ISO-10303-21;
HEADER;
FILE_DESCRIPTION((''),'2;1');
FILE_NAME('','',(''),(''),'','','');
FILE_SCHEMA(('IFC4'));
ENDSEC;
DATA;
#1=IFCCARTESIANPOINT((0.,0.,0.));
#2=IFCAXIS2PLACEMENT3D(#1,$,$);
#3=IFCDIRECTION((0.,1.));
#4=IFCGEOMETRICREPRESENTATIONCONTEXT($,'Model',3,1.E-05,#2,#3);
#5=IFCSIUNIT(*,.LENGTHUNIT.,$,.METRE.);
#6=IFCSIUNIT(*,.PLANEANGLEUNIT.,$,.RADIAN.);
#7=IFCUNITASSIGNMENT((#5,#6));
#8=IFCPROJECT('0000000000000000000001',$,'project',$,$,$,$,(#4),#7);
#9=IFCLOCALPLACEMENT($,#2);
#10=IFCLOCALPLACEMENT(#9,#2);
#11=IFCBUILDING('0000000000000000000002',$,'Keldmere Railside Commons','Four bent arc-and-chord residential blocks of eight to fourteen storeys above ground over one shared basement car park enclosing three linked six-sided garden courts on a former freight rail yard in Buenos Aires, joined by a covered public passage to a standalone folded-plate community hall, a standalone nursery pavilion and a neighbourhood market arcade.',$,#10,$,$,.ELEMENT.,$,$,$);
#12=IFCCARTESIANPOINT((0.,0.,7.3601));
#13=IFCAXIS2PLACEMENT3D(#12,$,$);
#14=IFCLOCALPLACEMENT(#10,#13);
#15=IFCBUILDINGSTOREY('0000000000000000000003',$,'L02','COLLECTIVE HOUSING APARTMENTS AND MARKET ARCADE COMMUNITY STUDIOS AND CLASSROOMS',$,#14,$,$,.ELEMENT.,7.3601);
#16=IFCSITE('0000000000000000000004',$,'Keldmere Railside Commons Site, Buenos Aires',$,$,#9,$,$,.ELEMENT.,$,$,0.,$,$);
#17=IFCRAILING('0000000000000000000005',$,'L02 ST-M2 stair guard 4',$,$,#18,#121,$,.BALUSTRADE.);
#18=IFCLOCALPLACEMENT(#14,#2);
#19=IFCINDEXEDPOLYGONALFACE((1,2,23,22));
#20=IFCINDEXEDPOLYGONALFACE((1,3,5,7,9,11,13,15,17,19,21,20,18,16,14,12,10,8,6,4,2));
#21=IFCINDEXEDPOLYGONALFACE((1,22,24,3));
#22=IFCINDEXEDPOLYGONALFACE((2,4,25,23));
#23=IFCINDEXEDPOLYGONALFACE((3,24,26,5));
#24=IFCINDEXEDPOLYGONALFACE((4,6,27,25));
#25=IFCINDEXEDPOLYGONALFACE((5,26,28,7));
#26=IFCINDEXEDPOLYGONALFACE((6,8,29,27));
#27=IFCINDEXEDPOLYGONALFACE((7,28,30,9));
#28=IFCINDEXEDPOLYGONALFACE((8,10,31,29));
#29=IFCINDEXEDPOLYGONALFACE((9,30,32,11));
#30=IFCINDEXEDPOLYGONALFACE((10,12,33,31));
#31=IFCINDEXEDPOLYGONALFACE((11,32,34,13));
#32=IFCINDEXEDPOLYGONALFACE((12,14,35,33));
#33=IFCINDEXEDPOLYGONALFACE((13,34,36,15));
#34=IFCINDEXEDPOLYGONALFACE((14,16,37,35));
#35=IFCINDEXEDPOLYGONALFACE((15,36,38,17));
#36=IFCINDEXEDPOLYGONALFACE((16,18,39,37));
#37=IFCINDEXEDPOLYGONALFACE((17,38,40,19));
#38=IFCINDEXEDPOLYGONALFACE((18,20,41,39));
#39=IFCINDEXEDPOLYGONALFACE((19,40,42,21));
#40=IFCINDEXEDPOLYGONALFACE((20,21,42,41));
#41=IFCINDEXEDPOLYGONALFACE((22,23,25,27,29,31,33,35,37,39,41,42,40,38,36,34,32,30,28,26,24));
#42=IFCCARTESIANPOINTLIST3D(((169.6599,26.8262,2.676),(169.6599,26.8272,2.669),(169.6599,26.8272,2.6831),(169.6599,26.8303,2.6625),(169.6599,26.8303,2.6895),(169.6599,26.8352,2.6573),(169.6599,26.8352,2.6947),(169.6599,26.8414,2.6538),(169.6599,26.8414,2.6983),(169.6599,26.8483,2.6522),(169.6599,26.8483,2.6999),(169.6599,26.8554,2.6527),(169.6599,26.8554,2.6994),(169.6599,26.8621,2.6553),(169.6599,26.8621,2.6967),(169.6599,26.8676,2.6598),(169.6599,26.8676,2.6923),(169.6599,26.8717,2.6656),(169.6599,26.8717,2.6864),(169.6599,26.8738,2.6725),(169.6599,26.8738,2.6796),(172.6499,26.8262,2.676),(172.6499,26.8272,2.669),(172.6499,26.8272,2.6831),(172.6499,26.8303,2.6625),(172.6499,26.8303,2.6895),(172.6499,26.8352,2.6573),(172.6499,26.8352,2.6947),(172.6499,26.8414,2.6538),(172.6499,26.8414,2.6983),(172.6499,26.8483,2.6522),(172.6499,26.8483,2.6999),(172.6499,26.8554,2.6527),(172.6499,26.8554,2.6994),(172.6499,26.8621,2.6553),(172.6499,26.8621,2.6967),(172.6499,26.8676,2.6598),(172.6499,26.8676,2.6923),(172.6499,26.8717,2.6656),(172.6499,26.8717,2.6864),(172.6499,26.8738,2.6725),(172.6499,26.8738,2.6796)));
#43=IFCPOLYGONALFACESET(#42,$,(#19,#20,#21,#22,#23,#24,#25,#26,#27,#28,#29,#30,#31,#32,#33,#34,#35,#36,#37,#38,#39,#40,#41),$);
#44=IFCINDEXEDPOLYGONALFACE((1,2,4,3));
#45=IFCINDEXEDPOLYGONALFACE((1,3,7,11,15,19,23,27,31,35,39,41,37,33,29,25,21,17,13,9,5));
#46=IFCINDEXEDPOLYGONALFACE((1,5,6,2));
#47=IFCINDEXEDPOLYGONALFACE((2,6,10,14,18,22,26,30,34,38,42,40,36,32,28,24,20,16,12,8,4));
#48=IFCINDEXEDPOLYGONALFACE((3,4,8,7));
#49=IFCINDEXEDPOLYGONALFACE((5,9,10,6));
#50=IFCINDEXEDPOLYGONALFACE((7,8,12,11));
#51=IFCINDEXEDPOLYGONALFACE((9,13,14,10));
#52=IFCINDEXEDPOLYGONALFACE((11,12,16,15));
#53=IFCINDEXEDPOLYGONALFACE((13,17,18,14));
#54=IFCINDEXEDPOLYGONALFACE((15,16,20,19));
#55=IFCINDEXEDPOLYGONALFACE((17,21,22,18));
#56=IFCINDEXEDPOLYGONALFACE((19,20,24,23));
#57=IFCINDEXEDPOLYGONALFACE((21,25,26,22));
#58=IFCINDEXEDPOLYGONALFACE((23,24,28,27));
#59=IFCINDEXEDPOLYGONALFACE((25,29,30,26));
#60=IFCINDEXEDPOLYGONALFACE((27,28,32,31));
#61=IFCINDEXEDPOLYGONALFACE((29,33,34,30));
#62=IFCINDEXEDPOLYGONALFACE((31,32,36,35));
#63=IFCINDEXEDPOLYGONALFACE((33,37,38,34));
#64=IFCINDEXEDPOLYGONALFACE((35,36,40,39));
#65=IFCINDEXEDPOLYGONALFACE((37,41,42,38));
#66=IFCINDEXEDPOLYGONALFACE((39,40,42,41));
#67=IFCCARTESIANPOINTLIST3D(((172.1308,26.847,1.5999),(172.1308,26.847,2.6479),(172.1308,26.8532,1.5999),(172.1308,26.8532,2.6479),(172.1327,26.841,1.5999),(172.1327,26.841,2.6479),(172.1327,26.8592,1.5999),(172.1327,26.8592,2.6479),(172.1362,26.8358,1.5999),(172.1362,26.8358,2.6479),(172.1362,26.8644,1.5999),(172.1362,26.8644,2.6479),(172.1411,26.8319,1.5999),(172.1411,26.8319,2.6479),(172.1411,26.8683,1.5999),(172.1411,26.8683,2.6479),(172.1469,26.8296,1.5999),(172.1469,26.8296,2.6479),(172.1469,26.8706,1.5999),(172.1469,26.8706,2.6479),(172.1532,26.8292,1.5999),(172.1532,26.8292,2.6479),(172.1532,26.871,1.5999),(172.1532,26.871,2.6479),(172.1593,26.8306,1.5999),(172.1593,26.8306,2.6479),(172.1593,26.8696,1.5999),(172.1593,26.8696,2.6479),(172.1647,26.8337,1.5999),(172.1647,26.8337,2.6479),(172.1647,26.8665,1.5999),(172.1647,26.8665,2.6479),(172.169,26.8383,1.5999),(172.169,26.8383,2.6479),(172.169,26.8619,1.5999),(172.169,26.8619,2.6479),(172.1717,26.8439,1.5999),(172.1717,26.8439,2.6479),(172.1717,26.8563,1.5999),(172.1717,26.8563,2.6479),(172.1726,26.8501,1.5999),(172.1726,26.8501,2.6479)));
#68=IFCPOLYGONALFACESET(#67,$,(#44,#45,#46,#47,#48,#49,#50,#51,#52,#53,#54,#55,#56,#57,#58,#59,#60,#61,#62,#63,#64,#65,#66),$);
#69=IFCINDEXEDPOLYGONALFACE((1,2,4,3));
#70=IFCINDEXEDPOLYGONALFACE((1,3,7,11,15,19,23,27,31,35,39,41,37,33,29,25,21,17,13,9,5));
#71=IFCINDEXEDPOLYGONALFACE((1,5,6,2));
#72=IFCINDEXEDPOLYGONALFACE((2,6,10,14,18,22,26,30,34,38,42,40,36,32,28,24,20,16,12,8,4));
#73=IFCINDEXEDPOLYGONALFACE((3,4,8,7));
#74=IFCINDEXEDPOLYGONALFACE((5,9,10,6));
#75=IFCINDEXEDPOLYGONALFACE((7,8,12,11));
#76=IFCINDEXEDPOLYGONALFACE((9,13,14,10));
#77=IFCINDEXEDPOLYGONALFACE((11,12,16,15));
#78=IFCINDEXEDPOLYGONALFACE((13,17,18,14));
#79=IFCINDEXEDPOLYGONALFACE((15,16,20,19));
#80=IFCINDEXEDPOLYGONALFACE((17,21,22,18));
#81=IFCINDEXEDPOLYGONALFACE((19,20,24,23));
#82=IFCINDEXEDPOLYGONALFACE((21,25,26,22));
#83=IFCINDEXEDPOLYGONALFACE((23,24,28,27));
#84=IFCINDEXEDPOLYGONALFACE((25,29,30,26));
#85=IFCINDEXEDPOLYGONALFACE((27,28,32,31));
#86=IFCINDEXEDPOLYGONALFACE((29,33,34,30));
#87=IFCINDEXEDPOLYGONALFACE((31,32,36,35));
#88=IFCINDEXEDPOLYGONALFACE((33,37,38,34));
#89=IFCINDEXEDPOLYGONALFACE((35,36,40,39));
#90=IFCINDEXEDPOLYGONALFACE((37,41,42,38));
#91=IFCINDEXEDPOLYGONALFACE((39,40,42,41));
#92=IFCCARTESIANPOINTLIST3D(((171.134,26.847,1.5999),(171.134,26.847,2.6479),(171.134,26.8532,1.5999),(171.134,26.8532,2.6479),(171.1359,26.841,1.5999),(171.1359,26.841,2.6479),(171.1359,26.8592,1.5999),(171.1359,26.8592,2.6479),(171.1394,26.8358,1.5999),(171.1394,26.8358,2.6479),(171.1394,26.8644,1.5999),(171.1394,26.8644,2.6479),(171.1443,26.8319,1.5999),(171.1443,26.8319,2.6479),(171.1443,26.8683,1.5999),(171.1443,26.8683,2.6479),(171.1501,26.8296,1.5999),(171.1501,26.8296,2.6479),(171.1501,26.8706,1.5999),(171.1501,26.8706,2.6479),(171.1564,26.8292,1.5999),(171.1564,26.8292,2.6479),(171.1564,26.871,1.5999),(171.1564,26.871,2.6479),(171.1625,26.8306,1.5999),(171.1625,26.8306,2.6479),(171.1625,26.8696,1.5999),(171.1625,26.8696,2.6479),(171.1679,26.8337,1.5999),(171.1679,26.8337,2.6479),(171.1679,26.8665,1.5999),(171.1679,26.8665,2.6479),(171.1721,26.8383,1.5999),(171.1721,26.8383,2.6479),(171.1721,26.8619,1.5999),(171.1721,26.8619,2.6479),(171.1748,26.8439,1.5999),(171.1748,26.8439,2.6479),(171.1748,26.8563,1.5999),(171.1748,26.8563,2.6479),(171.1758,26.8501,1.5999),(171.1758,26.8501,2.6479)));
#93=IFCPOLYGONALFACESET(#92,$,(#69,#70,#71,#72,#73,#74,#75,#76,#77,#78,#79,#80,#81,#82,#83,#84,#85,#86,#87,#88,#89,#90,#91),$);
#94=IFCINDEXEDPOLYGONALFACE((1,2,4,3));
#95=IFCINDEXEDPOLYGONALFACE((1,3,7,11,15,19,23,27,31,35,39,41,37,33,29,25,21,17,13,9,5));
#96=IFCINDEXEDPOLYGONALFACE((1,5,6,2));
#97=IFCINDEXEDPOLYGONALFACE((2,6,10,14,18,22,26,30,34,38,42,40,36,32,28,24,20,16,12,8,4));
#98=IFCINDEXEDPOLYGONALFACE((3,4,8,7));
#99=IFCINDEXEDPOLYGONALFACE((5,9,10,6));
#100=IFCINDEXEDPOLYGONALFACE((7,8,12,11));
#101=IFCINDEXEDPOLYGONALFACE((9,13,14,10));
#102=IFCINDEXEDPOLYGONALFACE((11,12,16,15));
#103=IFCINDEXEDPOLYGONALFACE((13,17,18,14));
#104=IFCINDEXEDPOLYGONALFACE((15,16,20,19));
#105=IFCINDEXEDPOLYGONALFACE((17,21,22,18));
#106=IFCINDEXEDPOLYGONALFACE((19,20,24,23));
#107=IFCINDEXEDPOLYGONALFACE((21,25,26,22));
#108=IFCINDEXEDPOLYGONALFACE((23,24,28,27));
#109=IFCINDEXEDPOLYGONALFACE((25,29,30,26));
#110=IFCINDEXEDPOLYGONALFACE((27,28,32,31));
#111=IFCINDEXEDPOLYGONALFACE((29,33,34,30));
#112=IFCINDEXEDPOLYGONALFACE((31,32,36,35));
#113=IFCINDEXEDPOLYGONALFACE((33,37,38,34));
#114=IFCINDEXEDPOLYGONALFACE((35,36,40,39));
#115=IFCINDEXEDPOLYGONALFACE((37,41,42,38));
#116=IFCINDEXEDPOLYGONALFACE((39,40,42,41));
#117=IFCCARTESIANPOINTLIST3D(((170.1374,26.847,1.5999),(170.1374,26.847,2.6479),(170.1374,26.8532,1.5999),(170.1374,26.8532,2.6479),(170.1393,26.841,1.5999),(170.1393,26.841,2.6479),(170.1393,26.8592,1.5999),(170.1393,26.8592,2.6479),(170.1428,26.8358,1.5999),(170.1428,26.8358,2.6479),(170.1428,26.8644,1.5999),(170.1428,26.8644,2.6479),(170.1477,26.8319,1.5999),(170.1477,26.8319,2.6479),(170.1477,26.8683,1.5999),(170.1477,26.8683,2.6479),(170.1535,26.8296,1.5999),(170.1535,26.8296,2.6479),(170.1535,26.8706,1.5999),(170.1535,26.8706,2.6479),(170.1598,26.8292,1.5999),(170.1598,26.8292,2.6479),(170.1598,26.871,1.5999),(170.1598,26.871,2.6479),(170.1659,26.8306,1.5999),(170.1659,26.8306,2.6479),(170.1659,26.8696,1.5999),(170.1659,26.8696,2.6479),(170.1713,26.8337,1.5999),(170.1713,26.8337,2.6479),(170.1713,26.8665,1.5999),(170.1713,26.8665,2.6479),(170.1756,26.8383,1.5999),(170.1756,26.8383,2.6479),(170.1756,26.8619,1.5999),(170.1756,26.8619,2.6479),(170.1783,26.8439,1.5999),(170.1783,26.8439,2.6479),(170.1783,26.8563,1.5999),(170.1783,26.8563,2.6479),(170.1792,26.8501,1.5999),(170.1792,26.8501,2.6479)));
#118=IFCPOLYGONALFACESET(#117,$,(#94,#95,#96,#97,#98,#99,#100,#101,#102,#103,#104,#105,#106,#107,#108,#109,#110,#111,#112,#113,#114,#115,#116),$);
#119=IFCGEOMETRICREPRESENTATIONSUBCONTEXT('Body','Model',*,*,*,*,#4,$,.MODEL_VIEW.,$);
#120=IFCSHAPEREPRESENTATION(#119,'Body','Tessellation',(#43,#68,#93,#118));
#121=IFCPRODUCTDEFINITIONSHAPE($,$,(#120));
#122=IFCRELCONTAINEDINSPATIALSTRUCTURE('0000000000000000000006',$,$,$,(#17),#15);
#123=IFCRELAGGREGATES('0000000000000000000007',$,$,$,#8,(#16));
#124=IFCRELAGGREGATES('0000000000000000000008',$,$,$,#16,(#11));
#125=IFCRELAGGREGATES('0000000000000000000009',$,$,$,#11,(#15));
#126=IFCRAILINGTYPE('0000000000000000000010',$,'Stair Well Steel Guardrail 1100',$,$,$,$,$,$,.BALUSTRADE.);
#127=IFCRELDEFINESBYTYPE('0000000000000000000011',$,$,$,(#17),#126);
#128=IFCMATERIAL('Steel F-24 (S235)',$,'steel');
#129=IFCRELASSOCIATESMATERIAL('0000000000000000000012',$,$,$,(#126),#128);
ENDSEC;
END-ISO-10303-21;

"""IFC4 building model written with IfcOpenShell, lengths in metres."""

from ifc_helpers import new_model, si_unit, direction, frame, origin, origin_2d, place, context, subcontext, project, spatial, circle, extrude, material, type_object, element, save


model = new_model("IFC4")

# Units and contexts
model_context = context("Model", 3, precision=1e-05, world=origin(), true_north=direction((0.0, 1.0)))
body_context = subcontext(model_context, "Body", "Model", "MODEL_VIEW")
ifc_project = project(units=[si_unit("LENGTHUNIT", "METRE"), si_unit("PLANEANGLEUNIT", "RADIAN")], contexts=[model_context])

# Site, building, storey
site_placement = place(None, origin())
site = spatial("IfcSite", under=ifc_project, at=site_placement, Name="Keldmere Railside Commons Site, Buenos Aires", CompositionType="ELEMENT", RefElevation=0.0)
building_placement = place(site_placement, origin())
building = spatial("IfcBuilding", under=site, at=building_placement, Name="Keldmere Railside Commons", Description="Four bent arc-and-chord residential blocks of eight to fourteen storeys above ground over one shared basement car park enclosing three linked six-sided garden courts on a former freight rail yard in Buenos Aires, joined by a covered public passage to a standalone folded-plate community hall, a standalone nursery pavilion and a neighbourhood market arcade.", CompositionType="ELEMENT")
storey_placement = place(building_placement, frame((0.0, 0.0, 7.3601)))
storey = spatial("IfcBuildingStorey", under=building, at=storey_placement, Name="L02", Description="COLLECTIVE HOUSING APARTMENTS AND MARKET ARCADE COMMUNITY STUDIOS AND CLASSROOMS", CompositionType="ELEMENT", Elevation=7.3601)

# Shared definitions
ifc_material_1 = material(Name="Steel F-24 (S235)", Category="steel")

# Railing
railing_type_1 = type_object("IfcRailingType", Name="Stair Well Steel Guardrail 1100", PredefinedType="BALUSTRADE", material=ifc_material_1)
railing_1_placement = place(storey_placement, frame((172.6499, 26.8501, 1.5999)))
element("IfcRailing", 1, at=railing_1_placement, inside=storey, type_object=railing_type_1, Name="L02 ST-M2 stair guard 4", PredefinedType="BALUSTRADE", context=body_context, shape_type="SweptSolid", body=[
    extrude(circle(Radius=0.0239, at=origin_2d()), frame((0.0, 0.0, 1.0762), z_axis=(-1.0, 0.0, 0.0), x_axis=(0.0, -1.0, 0.0)), (0.0, 0.0, 1.0), 2.99),
    extrude(circle(Radius=0.021, at=origin_2d()), frame((-0.4983, 0.0, 0.0)), (0.0, 0.0, 1.0), 1.0481),
    extrude(circle(Radius=0.021, at=origin_2d()), frame((-1.4951, 0.0, 0.0)), (0.0, 0.0, 1.0), 1.0481),
    extrude(circle(Radius=0.021, at=origin_2d()), frame((-2.4917, 0.0, 0.0)), (0.0, 0.0, 1.0), 1.0481),
])

save(model, "model.ifc")
